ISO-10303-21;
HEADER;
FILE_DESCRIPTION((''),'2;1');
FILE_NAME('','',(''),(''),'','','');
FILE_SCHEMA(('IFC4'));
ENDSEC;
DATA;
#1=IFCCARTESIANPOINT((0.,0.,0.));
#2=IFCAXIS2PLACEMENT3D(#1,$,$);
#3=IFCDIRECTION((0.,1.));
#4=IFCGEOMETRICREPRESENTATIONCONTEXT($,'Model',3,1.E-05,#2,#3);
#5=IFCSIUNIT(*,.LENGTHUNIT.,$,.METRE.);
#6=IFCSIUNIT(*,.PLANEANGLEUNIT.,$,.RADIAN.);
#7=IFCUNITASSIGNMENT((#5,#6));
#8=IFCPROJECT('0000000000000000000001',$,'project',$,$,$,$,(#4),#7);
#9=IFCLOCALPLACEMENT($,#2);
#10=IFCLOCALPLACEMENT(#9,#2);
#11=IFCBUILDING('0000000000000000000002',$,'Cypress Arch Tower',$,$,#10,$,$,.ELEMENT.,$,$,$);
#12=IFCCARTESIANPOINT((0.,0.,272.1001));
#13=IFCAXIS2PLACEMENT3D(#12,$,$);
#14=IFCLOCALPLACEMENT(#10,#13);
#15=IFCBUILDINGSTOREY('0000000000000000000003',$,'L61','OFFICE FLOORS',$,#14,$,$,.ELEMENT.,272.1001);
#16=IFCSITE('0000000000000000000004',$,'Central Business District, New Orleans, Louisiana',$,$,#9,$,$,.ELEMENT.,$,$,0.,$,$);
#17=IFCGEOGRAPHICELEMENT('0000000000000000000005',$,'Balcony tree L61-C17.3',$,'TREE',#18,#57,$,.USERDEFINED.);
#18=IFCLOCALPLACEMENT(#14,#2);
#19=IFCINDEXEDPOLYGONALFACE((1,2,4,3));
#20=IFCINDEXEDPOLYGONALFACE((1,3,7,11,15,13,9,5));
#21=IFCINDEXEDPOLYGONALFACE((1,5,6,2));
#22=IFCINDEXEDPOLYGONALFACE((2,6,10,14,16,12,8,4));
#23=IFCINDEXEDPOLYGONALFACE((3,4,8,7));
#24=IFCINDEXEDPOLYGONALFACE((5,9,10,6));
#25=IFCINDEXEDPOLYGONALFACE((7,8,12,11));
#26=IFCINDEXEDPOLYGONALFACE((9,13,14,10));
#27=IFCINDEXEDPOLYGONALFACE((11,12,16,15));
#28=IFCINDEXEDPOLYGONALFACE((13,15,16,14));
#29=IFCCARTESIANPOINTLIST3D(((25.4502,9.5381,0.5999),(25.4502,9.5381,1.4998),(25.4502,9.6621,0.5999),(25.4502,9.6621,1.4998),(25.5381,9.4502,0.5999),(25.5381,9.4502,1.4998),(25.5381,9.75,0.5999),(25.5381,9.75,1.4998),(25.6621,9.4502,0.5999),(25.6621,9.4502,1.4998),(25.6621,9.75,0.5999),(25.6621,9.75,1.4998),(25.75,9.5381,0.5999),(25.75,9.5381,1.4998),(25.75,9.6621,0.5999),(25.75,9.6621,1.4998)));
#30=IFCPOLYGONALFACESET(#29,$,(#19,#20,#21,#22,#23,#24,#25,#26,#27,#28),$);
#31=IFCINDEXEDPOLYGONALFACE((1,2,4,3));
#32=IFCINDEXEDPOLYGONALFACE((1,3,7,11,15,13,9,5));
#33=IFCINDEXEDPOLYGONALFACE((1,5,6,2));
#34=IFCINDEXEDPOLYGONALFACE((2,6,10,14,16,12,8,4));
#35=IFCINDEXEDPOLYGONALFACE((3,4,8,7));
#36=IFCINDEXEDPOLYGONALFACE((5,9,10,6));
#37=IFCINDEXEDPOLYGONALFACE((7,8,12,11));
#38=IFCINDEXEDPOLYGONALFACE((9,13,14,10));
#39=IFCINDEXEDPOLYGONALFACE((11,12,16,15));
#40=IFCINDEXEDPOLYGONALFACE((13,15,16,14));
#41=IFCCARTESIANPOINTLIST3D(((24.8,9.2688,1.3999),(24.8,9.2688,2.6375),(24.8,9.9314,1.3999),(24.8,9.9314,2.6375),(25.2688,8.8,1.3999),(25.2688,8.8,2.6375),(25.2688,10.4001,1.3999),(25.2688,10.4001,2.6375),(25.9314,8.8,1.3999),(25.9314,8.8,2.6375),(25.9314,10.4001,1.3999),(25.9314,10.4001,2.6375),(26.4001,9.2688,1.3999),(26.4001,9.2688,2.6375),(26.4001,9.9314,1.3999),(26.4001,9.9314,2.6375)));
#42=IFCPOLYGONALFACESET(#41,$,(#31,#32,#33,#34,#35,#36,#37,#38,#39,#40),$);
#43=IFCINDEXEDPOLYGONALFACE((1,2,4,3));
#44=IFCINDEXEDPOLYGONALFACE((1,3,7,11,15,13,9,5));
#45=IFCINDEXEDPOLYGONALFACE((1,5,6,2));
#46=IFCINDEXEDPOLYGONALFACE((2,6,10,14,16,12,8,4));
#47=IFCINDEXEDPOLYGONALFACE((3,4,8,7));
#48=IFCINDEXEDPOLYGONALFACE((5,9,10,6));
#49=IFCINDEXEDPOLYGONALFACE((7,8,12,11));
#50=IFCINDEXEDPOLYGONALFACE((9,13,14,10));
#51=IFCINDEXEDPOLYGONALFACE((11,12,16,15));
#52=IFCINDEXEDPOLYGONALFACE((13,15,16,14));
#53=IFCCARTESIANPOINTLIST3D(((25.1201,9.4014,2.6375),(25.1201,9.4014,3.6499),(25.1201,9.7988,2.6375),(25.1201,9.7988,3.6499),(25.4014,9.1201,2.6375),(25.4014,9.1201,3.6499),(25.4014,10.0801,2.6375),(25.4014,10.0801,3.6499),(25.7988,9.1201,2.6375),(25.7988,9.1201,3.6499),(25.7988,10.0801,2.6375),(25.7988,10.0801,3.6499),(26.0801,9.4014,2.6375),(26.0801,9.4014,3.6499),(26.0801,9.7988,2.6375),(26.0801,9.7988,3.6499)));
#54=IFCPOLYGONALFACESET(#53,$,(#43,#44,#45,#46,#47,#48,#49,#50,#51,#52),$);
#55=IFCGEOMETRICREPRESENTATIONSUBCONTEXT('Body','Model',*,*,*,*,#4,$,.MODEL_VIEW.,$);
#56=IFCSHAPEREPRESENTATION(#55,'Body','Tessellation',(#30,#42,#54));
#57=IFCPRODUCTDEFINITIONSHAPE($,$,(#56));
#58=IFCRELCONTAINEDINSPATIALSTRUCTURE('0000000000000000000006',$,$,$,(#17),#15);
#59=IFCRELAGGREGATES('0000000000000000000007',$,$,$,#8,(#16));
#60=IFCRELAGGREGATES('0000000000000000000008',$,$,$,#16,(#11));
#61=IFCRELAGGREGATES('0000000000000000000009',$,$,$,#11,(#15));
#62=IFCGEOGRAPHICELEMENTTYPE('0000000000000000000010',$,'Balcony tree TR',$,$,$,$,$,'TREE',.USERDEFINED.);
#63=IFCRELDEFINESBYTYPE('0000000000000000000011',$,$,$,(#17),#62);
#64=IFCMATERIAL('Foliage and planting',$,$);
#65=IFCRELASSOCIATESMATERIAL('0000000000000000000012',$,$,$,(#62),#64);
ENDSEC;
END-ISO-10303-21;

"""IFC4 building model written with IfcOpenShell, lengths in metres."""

from ifc_helpers import new_model, si_unit, direction, frame, origin, place, context, subcontext, project, spatial, polyline, outline, extrude, material, type_object, element, save


model = new_model("IFC4")

# Units and contexts
model_context = context("Model", 3, precision=1e-05, world=origin(), true_north=direction((0.0, 1.0)))
body_context = subcontext(model_context, "Body", "Model", "MODEL_VIEW")
ifc_project = project(units=[si_unit("LENGTHUNIT", "METRE"), si_unit("PLANEANGLEUNIT", "RADIAN")], contexts=[model_context])

# Site, building, storey
site_placement = place(None, origin())
site = spatial("IfcSite", under=ifc_project, at=site_placement, Name="Central Business District, New Orleans, Louisiana", CompositionType="ELEMENT", RefElevation=0.0)
building_placement = place(site_placement, origin())
building = spatial("IfcBuilding", under=site, at=building_placement, Name="Cypress Arch Tower", CompositionType="ELEMENT")
storey_placement = place(building_placement, frame((0.0, 0.0, 272.1001)))
storey = spatial("IfcBuildingStorey", under=building, at=storey_placement, Name="L61", Description="OFFICE FLOORS", CompositionType="ELEMENT", Elevation=272.1001)

# Geographic element
ifc_material_1 = material(Name="Foliage and planting")
geographic_element_type = type_object("IfcGeographicElementType", Name="Balcony tree TR", ElementType="TREE", PredefinedType="USERDEFINED", material=ifc_material_1)
geographic_element_placement = place(storey_placement, frame((25.6001, 9.6001, 0.5999), z_axis=(0.0, 0.0, 1.0), x_axis=(1.0, 0.0, 0.0)))
element("IfcGeographicElement", 1, at=geographic_element_placement, inside=storey, type_object=geographic_element_type, Name="Balcony tree L61-C17.3", ObjectType="TREE", PredefinedType="USERDEFINED", context=body_context, shape_type="SweptSolid", body=[
    extrude(outline(polyline([(0.1499, 0.062), (0.062, 0.1499), (-0.062, 0.1499), (-0.1499, 0.062), (-0.1499, -0.062), (-0.062, -0.1499), (0.062, -0.1499), (0.1499, -0.062), (0.1499, 0.062)])), origin(), (0.0, 0.0, 1.0), 0.8999),
    extrude(outline(polyline([(0.8, 0.3313), (0.3313, 0.8), (-0.3313, 0.8), (-0.8, 0.3313), (-0.8, -0.3313), (-0.3313, -0.8), (0.3313, -0.8), (0.8, -0.3313), (0.8, 0.3313)])), frame((0.0, 0.0, 0.8)), (0.0, 0.0, 1.0), 1.2375),
    extrude(outline(polyline([(0.48, 0.1987), (0.1987, 0.48), (-0.1987, 0.48), (-0.48, 0.1987), (-0.48, -0.1987), (-0.1987, -0.48), (0.1987, -0.48), (0.48, -0.1987), (0.48, 0.1987)])), frame((0.0, 0.0, 2.0376)), (0.0, 0.0, 1.0), 1.0125),
])

save(model, "model.ifc")
